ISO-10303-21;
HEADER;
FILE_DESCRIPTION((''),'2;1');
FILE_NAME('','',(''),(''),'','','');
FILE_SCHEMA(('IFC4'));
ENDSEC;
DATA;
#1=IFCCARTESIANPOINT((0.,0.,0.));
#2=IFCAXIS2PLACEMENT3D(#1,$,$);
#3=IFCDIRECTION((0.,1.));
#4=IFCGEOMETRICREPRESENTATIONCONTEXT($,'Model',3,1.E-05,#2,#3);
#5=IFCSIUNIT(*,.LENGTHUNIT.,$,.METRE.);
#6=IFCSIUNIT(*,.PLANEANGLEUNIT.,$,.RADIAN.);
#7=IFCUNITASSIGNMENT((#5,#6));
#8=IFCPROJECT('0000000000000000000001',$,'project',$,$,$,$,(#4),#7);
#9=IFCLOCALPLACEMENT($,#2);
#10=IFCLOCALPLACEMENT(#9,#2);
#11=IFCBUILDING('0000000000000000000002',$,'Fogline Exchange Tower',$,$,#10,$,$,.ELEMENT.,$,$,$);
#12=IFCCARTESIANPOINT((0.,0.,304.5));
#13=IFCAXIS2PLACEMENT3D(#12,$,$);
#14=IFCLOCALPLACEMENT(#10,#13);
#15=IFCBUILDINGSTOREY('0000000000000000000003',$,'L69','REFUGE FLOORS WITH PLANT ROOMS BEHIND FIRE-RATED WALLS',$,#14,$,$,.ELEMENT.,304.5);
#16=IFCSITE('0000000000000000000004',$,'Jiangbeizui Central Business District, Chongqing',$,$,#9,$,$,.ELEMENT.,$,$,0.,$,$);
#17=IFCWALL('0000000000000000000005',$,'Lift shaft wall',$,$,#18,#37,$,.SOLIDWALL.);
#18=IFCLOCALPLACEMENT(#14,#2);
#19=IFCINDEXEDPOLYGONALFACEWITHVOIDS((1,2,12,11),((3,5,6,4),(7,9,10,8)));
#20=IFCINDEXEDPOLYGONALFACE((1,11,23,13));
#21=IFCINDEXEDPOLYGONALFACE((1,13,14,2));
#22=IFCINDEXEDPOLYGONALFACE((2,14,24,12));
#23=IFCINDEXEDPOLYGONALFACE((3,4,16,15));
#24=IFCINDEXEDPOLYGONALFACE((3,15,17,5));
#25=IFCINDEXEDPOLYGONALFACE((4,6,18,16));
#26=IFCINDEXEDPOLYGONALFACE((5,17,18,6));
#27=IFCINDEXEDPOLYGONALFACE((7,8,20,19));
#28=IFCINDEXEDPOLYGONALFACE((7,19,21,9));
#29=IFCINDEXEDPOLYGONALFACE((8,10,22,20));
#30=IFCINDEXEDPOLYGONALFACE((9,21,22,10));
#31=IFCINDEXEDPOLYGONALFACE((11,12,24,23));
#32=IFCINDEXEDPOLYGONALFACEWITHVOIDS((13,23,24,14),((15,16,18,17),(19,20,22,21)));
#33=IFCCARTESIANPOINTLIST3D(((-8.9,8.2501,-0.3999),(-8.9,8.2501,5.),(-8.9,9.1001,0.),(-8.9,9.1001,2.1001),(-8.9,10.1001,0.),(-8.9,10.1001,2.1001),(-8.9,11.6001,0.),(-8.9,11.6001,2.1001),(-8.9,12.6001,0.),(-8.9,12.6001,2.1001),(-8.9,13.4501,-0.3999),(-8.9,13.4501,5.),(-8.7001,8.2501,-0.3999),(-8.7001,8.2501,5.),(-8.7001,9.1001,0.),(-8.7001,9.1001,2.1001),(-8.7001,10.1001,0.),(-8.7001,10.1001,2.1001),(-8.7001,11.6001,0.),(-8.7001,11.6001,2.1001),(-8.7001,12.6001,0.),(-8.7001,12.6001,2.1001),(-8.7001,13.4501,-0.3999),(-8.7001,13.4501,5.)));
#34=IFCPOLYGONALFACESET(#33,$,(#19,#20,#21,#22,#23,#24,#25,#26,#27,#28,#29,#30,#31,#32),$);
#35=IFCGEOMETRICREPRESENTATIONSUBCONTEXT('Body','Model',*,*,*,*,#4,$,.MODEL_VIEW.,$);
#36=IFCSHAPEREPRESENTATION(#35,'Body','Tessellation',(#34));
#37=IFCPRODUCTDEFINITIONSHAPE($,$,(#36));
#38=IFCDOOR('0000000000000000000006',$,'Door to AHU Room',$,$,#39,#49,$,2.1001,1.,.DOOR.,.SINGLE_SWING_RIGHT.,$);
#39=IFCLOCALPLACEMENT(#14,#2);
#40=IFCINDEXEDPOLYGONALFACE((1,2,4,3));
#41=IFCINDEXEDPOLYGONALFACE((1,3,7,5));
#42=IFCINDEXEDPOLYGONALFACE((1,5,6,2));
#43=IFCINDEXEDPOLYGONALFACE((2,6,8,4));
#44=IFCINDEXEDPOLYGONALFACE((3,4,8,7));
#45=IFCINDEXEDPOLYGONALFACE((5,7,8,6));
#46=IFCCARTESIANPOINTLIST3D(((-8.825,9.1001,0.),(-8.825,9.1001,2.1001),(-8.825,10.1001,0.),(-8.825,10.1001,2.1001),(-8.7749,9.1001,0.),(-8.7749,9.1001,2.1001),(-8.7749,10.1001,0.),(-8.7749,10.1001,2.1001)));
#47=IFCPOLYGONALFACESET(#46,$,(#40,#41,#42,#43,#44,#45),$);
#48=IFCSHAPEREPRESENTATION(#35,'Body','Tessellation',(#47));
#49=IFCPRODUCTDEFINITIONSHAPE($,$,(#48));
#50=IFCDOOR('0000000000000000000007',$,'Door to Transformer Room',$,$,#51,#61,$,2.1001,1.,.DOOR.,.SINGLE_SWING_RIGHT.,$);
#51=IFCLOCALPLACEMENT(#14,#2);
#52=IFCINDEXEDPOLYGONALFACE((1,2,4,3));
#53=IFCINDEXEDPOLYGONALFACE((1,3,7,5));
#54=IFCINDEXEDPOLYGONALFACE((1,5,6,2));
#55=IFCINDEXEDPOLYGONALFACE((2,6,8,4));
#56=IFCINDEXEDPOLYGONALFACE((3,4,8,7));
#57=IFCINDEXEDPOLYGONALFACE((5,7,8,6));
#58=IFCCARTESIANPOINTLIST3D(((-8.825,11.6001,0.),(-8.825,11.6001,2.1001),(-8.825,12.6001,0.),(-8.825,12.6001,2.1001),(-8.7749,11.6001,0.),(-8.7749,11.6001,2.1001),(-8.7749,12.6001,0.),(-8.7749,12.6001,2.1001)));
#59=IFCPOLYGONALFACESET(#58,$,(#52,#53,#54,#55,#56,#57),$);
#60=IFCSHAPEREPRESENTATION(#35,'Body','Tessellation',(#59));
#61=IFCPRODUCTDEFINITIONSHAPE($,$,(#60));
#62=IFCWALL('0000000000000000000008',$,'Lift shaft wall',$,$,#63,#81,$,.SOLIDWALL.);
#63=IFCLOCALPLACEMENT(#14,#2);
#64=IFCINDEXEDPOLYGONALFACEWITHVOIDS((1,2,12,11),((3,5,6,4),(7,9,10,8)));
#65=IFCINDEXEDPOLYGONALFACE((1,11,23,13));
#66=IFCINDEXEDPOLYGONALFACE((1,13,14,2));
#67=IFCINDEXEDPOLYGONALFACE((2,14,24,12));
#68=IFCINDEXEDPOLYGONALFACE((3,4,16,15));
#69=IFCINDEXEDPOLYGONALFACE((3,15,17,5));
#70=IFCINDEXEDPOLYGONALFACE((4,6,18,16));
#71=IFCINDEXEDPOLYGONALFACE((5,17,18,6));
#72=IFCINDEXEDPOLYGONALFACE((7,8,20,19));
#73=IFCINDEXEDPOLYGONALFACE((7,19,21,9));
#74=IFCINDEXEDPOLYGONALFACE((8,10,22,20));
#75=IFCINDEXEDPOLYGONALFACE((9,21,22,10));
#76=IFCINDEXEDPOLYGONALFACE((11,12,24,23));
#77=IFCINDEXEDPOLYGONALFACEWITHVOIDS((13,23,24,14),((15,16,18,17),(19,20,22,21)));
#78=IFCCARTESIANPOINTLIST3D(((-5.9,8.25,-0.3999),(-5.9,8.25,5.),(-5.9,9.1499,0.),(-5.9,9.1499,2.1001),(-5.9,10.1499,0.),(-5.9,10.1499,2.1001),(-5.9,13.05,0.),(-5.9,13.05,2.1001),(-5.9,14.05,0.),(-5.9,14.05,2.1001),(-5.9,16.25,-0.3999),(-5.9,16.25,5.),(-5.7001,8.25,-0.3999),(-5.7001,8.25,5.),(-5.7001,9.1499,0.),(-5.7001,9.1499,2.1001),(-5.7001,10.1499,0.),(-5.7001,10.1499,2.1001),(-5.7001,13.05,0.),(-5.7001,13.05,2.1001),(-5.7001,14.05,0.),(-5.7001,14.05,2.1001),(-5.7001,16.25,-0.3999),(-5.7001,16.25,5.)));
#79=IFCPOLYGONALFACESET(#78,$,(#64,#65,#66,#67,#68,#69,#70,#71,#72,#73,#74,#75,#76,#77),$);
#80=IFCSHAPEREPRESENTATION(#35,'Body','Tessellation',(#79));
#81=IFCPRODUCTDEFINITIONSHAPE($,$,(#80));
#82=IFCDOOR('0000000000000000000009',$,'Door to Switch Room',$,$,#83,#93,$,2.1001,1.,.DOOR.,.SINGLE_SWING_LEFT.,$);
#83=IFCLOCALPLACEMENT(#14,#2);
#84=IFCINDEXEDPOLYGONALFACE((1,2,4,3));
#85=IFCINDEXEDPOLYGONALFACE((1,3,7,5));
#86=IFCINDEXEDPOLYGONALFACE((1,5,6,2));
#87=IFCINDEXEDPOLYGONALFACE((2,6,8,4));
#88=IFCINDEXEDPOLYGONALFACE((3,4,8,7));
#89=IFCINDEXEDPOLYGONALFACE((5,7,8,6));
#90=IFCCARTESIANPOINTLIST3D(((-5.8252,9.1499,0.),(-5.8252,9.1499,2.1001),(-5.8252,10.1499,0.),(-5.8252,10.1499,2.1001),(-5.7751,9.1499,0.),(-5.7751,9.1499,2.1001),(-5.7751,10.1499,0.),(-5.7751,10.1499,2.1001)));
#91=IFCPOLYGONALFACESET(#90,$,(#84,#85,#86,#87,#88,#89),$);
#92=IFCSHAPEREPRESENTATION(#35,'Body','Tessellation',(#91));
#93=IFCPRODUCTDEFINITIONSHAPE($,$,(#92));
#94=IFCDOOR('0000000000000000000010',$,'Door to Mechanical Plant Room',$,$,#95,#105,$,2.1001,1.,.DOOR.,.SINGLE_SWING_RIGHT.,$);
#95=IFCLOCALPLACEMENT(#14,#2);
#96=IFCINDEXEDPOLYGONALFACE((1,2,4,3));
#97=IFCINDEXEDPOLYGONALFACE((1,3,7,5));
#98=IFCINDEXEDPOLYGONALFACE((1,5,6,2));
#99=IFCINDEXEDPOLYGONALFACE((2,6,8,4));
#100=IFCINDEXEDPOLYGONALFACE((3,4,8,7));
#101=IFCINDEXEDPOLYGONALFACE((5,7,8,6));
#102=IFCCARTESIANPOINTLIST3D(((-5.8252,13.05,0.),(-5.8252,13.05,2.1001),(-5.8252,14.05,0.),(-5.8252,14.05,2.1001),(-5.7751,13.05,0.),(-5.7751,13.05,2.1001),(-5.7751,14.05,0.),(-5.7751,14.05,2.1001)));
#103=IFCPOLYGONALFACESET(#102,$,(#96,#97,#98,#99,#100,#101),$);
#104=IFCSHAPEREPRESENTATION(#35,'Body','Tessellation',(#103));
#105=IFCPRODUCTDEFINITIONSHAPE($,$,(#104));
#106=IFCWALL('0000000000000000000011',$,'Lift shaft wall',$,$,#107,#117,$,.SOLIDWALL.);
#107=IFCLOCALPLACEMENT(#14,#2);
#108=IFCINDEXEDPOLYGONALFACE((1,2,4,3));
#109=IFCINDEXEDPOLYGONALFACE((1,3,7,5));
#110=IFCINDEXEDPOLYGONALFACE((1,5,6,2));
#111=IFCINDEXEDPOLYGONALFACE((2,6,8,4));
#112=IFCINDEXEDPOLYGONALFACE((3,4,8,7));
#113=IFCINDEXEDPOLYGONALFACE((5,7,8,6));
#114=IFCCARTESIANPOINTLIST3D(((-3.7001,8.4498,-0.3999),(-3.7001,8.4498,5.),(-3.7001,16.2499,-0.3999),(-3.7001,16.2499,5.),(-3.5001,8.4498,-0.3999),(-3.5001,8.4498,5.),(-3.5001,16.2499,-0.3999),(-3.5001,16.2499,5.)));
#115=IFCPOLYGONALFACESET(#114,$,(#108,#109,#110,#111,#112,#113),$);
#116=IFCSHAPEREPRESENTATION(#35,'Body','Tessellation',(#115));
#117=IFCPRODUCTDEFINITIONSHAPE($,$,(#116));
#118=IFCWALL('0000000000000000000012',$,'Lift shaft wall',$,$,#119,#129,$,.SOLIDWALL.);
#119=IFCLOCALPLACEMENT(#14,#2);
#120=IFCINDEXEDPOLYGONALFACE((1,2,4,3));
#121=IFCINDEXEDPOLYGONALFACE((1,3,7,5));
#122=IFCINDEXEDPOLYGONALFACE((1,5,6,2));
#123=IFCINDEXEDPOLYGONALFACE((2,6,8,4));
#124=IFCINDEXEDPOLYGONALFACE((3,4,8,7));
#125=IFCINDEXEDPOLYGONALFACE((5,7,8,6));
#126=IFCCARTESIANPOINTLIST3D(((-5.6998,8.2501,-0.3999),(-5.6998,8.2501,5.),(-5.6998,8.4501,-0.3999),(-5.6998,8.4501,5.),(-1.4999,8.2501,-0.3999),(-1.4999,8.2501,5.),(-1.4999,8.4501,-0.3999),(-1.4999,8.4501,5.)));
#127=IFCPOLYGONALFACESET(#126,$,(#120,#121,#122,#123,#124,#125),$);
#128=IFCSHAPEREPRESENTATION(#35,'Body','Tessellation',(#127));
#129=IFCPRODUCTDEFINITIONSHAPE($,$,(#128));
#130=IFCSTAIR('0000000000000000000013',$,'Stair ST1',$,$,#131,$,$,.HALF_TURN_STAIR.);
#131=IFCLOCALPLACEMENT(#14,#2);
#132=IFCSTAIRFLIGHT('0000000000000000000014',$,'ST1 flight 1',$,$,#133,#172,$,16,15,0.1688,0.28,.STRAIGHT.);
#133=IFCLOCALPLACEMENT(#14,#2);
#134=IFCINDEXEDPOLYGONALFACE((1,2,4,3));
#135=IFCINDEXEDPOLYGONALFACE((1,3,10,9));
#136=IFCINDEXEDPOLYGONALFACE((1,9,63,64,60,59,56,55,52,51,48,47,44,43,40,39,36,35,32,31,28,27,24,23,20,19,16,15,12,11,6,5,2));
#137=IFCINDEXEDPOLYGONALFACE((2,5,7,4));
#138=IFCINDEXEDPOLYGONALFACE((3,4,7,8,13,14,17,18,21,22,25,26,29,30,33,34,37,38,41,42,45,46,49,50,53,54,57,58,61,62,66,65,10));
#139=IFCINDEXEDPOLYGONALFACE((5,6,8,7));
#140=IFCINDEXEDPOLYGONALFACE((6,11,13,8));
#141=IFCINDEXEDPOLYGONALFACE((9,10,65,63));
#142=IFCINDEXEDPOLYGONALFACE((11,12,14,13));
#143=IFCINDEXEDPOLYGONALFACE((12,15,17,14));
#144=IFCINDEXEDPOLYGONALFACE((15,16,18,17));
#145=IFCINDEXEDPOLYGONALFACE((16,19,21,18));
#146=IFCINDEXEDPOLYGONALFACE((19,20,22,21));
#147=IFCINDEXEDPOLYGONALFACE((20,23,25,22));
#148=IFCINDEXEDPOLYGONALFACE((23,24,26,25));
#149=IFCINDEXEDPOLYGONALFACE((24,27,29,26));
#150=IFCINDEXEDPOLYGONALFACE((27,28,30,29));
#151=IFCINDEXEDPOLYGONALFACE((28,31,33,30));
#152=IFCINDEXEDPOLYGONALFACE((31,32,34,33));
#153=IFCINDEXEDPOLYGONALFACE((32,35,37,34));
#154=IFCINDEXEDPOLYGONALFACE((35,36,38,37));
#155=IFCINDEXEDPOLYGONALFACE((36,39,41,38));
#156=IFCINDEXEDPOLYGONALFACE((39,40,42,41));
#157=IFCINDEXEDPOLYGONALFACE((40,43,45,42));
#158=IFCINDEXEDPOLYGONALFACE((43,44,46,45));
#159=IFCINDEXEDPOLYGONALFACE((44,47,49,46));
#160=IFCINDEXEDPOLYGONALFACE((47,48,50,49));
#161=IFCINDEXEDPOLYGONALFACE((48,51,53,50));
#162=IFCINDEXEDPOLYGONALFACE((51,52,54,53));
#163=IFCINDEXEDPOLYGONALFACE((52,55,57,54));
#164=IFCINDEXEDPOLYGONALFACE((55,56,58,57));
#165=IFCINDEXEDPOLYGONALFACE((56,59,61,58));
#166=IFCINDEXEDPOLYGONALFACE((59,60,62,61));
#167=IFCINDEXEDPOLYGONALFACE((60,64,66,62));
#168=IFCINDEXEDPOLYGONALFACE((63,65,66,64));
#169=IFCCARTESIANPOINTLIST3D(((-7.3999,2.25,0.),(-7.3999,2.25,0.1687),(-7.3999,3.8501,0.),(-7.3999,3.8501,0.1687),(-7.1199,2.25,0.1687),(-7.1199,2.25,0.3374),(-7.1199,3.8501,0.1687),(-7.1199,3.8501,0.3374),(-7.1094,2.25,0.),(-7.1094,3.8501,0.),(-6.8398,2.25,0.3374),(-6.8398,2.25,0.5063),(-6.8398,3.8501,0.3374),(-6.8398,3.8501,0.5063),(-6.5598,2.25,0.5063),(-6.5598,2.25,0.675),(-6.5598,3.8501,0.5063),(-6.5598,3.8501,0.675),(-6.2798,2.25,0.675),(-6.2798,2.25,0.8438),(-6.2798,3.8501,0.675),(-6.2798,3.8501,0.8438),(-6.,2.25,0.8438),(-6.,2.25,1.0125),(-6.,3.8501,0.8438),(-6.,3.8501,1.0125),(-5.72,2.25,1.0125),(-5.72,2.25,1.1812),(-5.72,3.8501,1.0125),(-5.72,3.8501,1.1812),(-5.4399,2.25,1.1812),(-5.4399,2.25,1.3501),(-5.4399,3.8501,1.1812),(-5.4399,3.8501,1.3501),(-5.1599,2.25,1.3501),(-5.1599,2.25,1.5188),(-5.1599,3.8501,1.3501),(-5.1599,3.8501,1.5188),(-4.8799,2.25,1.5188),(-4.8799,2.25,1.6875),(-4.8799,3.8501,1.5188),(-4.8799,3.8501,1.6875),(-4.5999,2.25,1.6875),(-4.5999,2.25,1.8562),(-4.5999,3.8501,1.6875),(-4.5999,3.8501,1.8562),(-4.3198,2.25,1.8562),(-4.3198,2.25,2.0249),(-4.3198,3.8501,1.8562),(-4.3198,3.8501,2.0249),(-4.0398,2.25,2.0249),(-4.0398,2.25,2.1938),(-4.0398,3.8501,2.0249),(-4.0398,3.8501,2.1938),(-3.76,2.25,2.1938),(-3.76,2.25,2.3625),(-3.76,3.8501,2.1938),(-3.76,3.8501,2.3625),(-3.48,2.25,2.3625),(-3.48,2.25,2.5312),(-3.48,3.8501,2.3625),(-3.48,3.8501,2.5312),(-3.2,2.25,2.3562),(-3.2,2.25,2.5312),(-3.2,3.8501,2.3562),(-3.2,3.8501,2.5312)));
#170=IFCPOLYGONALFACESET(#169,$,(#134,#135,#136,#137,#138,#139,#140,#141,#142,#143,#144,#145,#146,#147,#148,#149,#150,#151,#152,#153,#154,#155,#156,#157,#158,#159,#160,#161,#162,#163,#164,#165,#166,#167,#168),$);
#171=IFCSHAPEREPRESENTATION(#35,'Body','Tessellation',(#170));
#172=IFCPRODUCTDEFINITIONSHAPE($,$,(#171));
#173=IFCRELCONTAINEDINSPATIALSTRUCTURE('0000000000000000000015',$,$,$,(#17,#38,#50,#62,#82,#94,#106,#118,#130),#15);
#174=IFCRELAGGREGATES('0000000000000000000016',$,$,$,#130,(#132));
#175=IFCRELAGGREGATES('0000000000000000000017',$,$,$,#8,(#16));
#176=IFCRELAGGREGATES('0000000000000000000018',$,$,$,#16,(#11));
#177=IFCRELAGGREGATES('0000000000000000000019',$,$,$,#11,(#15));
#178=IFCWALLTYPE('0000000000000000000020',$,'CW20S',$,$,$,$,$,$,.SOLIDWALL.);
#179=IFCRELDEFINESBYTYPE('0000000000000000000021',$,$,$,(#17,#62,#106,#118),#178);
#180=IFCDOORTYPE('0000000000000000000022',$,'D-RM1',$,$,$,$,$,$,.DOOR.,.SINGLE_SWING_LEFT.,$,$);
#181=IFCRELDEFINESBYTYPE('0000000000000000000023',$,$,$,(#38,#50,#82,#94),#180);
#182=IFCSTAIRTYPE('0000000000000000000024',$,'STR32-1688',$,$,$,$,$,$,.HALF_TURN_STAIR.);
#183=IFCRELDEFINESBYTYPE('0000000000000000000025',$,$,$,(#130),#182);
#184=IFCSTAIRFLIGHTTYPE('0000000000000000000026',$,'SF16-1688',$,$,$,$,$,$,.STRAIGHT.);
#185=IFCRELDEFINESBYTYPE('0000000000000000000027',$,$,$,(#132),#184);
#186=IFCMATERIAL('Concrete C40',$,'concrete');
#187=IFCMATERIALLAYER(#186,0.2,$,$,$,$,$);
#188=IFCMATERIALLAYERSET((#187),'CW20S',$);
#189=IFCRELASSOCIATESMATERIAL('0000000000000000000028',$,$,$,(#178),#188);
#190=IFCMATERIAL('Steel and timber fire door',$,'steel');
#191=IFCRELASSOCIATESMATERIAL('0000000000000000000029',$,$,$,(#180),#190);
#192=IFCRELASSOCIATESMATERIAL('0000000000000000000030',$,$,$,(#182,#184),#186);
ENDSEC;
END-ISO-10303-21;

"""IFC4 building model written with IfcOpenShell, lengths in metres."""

from ifc_helpers import new_model, si_unit, direction, frame, frame_2d, origin, place, context, subcontext, project, spatial, polyline, rectangle, outline, extrude, material, layer, layer_set, type_object, element, fill, aggregate, save


model = new_model("IFC4")

# Units and contexts
model_context = context("Model", 3, precision=1e-05, world=origin(), true_north=direction((0.0, 1.0)))
body_context = subcontext(model_context, "Body", "Model", "MODEL_VIEW")
ifc_project = project(units=[si_unit("LENGTHUNIT", "METRE"), si_unit("PLANEANGLEUNIT", "RADIAN")], contexts=[model_context])

# Site, building, storey
site_placement = place(None, origin())
site = spatial("IfcSite", under=ifc_project, at=site_placement, Name="Jiangbeizui Central Business District, Chongqing", CompositionType="ELEMENT", RefElevation=0.0)
building_placement = place(site_placement, origin())
building = spatial("IfcBuilding", under=site, at=building_placement, Name="Fogline Exchange Tower", CompositionType="ELEMENT")
storey_placement = place(building_placement, frame((0.0, 0.0, 304.5)))
storey = spatial("IfcBuildingStorey", under=building, at=storey_placement, Name="L69", Description="REFUGE FLOORS WITH PLANT ROOMS BEHIND FIRE-RATED WALLS", CompositionType="ELEMENT", Elevation=304.5)

# Shared definitions
ifc_material_1 = material(Name="Steel and timber fire door", Category="steel")

# Shared definitions
ifc_material_2 = material(Name="Concrete C40", Category="concrete")

# Walls, openings, doors
ifc_layer_1 = layer(ifc_material_2, 0.2)
ifc_layer_set_1 = layer_set([ifc_layer_1], Name="CW20S")
wall_type_1 = type_object("IfcWallType", Name="CW20S", PredefinedType="SOLIDWALL", material=ifc_layer_set_1)
wall_1_placement = place(storey_placement, frame((-8.8, 8.25, -0.3999), z_axis=(0.0, 0.0, 1.0), x_axis=(0.0, 1.0, 0.0)))
wall_1 = element("IfcWall", 1, at=wall_1_placement, inside=storey, type_object=wall_type_1, Name="Lift shaft wall", PredefinedType="SOLIDWALL", context=body_context, shape_type="SweptSolid", body=[
    extrude(rectangle(XDim=5.2, YDim=0.2, at=frame_2d((2.6001, 0.0))), origin(), (0.0, 0.0, 1.0), 5.3999),
])
opening_1_placement = place(wall_1_placement, frame((0.8501, 0.0, 0.3999)))
opening_1 = element("IfcOpeningElement", 2, at=opening_1_placement, cuts=wall_1, PredefinedType="OPENING", context=body_context, shape_type="SweptSolid", body=[
    extrude(rectangle(XDim=1.0, YDim=2.1001, at=frame_2d((0.5, 1.05))), frame((0.0, 0.1099, 0.0), z_axis=(0.0, -1.0, 0.0), x_axis=(1.0, 0.0, 0.0)), (0.0, 0.0, 1.0), 0.22),
])
opening_2_placement = place(wall_1_placement, frame((3.3501, 0.0, 0.3999)))
opening_2 = element("IfcOpeningElement", 3, at=opening_2_placement, cuts=wall_1, PredefinedType="OPENING", context=body_context, shape_type="SweptSolid", body=[
    extrude(rectangle(XDim=1.0, YDim=2.1001, at=frame_2d((0.5, 1.05))), frame((0.0, 0.1099, 0.0), z_axis=(0.0, -1.0, 0.0), x_axis=(1.0, 0.0, 0.0)), (0.0, 0.0, 1.0), 0.22),
])
door_type_1 = type_object("IfcDoorType", Name="D-RM1", OperationType="SINGLE_SWING_LEFT", PredefinedType="DOOR", material=ifc_material_1)
door_1_placement = place(opening_1_placement, origin())
door_1 = element("IfcDoor", 4, at=door_1_placement, inside=storey, type_object=door_type_1, Name="Door to AHU Room", OperationType="SINGLE_SWING_RIGHT", OverallHeight=2.1001, OverallWidth=1.0, PredefinedType="DOOR", context=body_context, shape_type="SweptSolid", body=[
    extrude(rectangle(XDim=1.0, YDim=2.1001, at=frame_2d((0.5, 1.05))), frame((0.0, 0.0249, 0.0), z_axis=(0.0, -1.0, 0.0), x_axis=(1.0, 0.0, 0.0)), (0.0, 0.0, 1.0), 0.05),
])
fill(opening_1, door_1)
door_2_placement = place(opening_2_placement, origin())
door_2 = element("IfcDoor", 5, at=door_2_placement, inside=storey, type_object=door_type_1, Name="Door to Transformer Room", OperationType="SINGLE_SWING_RIGHT", OverallHeight=2.1001, OverallWidth=1.0, PredefinedType="DOOR", context=body_context, shape_type="SweptSolid", body=[
    extrude(rectangle(XDim=1.0, YDim=2.1001, at=frame_2d((0.5, 1.05))), frame((0.0, 0.0249, 0.0), z_axis=(0.0, -1.0, 0.0), x_axis=(1.0, 0.0, 0.0)), (0.0, 0.0, 1.0), 0.05),
])
fill(opening_2, door_2)
wall_2_placement = place(storey_placement, frame((-5.8, 8.25, -0.3999), z_axis=(0.0, 0.0, 1.0), x_axis=(0.0, 1.0, 0.0)))
wall_2 = element("IfcWall", 6, at=wall_2_placement, inside=storey, type_object=wall_type_1, Name="Lift shaft wall", PredefinedType="SOLIDWALL", context=body_context, shape_type="SweptSolid", body=[
    extrude(rectangle(XDim=8.0, YDim=0.2, at=frame_2d((4.0, 0.0))), origin(), (0.0, 0.0, 1.0), 5.3999),
])
opening_3_placement = place(wall_2_placement, frame((0.8999, 0.0, 0.3999)))
opening_3 = element("IfcOpeningElement", 7, at=opening_3_placement, cuts=wall_2, PredefinedType="OPENING", context=body_context, shape_type="SweptSolid", body=[
    extrude(rectangle(XDim=1.0, YDim=2.1001, at=frame_2d((0.5, 1.05))), frame((0.0, 0.1099, 0.0), z_axis=(0.0, -1.0, 0.0), x_axis=(1.0, 0.0, 0.0)), (0.0, 0.0, 1.0), 0.22),
])
opening_4_placement = place(wall_2_placement, frame((4.8, 0.0, 0.3999)))
opening_4 = element("IfcOpeningElement", 8, at=opening_4_placement, cuts=wall_2, PredefinedType="OPENING", context=body_context, shape_type="SweptSolid", body=[
    extrude(rectangle(XDim=1.0, YDim=2.1001, at=frame_2d((0.5, 1.05))), frame((0.0, 0.1099, 0.0), z_axis=(0.0, -1.0, 0.0), x_axis=(1.0, 0.0, 0.0)), (0.0, 0.0, 1.0), 0.22),
])
door_3_placement = place(opening_3_placement, frame((1.0, 0.0, 0.0), z_axis=(0.0, 0.0, 1.0), x_axis=(-1.0, 0.0, 0.0)))
door_3 = element("IfcDoor", 9, at=door_3_placement, inside=storey, type_object=door_type_1, Name="Door to Switch Room", OperationType="SINGLE_SWING_LEFT", OverallHeight=2.1001, OverallWidth=1.0, PredefinedType="DOOR", context=body_context, shape_type="SweptSolid", body=[
    extrude(rectangle(XDim=1.0, YDim=2.1001, at=frame_2d((0.5, 1.05))), frame((0.0, 0.0249, 0.0), z_axis=(0.0, -1.0, 0.0), x_axis=(1.0, 0.0, 0.0)), (0.0, 0.0, 1.0), 0.05),
])
fill(opening_3, door_3)
door_4_placement = place(opening_4_placement, frame((1.0, 0.0, 0.0), z_axis=(0.0, 0.0, 1.0), x_axis=(-1.0, 0.0, 0.0)))
door_4 = element("IfcDoor", 10, at=door_4_placement, inside=storey, type_object=door_type_1, Name="Door to Mechanical Plant Room", OperationType="SINGLE_SWING_RIGHT", OverallHeight=2.1001, OverallWidth=1.0, PredefinedType="DOOR", context=body_context, shape_type="SweptSolid", body=[
    extrude(rectangle(XDim=1.0, YDim=2.1001, at=frame_2d((0.5, 1.05))), frame((0.0, 0.0249, 0.0), z_axis=(0.0, -1.0, 0.0), x_axis=(1.0, 0.0, 0.0)), (0.0, 0.0, 1.0), 0.05),
])
fill(opening_4, door_4)

# Walls
wall_3_placement = place(storey_placement, frame((-3.6001, 8.45, -0.3999), z_axis=(0.0, 0.0, 1.0), x_axis=(0.0, 1.0, 0.0)))
element("IfcWall", 11, at=wall_3_placement, inside=storey, type_object=wall_type_1, Name="Lift shaft wall", PredefinedType="SOLIDWALL", context=body_context, shape_type="SweptSolid", body=[
    extrude(rectangle(XDim=7.8, YDim=0.2, at=frame_2d((3.8999, 0.0))), origin(), (0.0, 0.0, 1.0), 5.3999),
])
wall_4_placement = place(storey_placement, frame((-5.7, 8.3501, -0.3999), z_axis=(0.0, 0.0, 1.0), x_axis=(1.0, 0.0, 0.0)))
element("IfcWall", 12, at=wall_4_placement, inside=storey, type_object=wall_type_1, Name="Lift shaft wall", PredefinedType="SOLIDWALL", context=body_context, shape_type="SweptSolid", body=[
    extrude(rectangle(XDim=4.2, YDim=0.2, at=frame_2d((2.1001, 0.0))), origin(), (0.0, 0.0, 1.0), 5.3999),
])

# Stair, stair flight
stair_type = type_object("IfcStairType", Name="STR32-1688", PredefinedType="HALF_TURN_STAIR", material=ifc_material_2)
stair_placement = place(storey_placement, origin())
stair = element("IfcStair", 13, at=stair_placement, inside=storey, type_object=stair_type, Name="Stair ST1", PredefinedType="HALF_TURN_STAIR")
stair_flight_type = type_object("IfcStairFlightType", Name="SF16-1688", PredefinedType="STRAIGHT", material=ifc_material_2)
stair_flight_placement = place(storey_placement, frame((-7.3999, 3.05, 0.0), z_axis=(0.0, 0.0, 1.0), x_axis=(1.0, 0.0, 0.0)))
stair_flight = element("IfcStairFlight", 14, at=stair_flight_placement, type_object=stair_flight_type, Name="ST1 flight 1", NumberOfRisers=16, NumberOfTreads=15, PredefinedType="STRAIGHT", RiserHeight=0.1688, TreadLength=0.28, context=body_context, shape_type="SweptSolid", body=[
    extrude(outline(polyline([(0.0, 0.0), (0.0, 0.1687), (0.28, 0.1687), (0.28, 0.3374), (0.5601, 0.3374), (0.5601, 0.5063), (0.8401, 0.5063), (0.8401, 0.675), (1.1201, 0.675), (1.1201, 0.8438), (1.3999, 0.8438), (1.3999, 1.0125), (1.6799, 1.0125), (1.6799, 1.1812), (1.96, 1.1812), (1.96, 1.3501), (2.24, 1.3501), (2.24, 1.5188), (2.52, 1.5188), (2.52, 1.6875), (2.8, 1.6875), (2.8, 1.8562), (3.0801, 1.8562), (3.0801, 2.0249), (3.3601, 2.0249), (3.3601, 2.1938), (3.6399, 2.1938), (3.6399, 2.3625), (3.9199, 2.3625), (3.9199, 2.5312), (4.2, 2.5312), (4.2, 2.7), (4.2, 2.3562), (0.2905, 0.0), (0.0, 0.0)])), frame((0.0, 0.8, 0.0), z_axis=(0.0, -1.0, 0.0), x_axis=(1.0, 0.0, 0.0)), (0.0, 0.0, 1.0), 1.6001),
])
aggregate(stair, [stair_flight])

save(model, "model.ifc")
